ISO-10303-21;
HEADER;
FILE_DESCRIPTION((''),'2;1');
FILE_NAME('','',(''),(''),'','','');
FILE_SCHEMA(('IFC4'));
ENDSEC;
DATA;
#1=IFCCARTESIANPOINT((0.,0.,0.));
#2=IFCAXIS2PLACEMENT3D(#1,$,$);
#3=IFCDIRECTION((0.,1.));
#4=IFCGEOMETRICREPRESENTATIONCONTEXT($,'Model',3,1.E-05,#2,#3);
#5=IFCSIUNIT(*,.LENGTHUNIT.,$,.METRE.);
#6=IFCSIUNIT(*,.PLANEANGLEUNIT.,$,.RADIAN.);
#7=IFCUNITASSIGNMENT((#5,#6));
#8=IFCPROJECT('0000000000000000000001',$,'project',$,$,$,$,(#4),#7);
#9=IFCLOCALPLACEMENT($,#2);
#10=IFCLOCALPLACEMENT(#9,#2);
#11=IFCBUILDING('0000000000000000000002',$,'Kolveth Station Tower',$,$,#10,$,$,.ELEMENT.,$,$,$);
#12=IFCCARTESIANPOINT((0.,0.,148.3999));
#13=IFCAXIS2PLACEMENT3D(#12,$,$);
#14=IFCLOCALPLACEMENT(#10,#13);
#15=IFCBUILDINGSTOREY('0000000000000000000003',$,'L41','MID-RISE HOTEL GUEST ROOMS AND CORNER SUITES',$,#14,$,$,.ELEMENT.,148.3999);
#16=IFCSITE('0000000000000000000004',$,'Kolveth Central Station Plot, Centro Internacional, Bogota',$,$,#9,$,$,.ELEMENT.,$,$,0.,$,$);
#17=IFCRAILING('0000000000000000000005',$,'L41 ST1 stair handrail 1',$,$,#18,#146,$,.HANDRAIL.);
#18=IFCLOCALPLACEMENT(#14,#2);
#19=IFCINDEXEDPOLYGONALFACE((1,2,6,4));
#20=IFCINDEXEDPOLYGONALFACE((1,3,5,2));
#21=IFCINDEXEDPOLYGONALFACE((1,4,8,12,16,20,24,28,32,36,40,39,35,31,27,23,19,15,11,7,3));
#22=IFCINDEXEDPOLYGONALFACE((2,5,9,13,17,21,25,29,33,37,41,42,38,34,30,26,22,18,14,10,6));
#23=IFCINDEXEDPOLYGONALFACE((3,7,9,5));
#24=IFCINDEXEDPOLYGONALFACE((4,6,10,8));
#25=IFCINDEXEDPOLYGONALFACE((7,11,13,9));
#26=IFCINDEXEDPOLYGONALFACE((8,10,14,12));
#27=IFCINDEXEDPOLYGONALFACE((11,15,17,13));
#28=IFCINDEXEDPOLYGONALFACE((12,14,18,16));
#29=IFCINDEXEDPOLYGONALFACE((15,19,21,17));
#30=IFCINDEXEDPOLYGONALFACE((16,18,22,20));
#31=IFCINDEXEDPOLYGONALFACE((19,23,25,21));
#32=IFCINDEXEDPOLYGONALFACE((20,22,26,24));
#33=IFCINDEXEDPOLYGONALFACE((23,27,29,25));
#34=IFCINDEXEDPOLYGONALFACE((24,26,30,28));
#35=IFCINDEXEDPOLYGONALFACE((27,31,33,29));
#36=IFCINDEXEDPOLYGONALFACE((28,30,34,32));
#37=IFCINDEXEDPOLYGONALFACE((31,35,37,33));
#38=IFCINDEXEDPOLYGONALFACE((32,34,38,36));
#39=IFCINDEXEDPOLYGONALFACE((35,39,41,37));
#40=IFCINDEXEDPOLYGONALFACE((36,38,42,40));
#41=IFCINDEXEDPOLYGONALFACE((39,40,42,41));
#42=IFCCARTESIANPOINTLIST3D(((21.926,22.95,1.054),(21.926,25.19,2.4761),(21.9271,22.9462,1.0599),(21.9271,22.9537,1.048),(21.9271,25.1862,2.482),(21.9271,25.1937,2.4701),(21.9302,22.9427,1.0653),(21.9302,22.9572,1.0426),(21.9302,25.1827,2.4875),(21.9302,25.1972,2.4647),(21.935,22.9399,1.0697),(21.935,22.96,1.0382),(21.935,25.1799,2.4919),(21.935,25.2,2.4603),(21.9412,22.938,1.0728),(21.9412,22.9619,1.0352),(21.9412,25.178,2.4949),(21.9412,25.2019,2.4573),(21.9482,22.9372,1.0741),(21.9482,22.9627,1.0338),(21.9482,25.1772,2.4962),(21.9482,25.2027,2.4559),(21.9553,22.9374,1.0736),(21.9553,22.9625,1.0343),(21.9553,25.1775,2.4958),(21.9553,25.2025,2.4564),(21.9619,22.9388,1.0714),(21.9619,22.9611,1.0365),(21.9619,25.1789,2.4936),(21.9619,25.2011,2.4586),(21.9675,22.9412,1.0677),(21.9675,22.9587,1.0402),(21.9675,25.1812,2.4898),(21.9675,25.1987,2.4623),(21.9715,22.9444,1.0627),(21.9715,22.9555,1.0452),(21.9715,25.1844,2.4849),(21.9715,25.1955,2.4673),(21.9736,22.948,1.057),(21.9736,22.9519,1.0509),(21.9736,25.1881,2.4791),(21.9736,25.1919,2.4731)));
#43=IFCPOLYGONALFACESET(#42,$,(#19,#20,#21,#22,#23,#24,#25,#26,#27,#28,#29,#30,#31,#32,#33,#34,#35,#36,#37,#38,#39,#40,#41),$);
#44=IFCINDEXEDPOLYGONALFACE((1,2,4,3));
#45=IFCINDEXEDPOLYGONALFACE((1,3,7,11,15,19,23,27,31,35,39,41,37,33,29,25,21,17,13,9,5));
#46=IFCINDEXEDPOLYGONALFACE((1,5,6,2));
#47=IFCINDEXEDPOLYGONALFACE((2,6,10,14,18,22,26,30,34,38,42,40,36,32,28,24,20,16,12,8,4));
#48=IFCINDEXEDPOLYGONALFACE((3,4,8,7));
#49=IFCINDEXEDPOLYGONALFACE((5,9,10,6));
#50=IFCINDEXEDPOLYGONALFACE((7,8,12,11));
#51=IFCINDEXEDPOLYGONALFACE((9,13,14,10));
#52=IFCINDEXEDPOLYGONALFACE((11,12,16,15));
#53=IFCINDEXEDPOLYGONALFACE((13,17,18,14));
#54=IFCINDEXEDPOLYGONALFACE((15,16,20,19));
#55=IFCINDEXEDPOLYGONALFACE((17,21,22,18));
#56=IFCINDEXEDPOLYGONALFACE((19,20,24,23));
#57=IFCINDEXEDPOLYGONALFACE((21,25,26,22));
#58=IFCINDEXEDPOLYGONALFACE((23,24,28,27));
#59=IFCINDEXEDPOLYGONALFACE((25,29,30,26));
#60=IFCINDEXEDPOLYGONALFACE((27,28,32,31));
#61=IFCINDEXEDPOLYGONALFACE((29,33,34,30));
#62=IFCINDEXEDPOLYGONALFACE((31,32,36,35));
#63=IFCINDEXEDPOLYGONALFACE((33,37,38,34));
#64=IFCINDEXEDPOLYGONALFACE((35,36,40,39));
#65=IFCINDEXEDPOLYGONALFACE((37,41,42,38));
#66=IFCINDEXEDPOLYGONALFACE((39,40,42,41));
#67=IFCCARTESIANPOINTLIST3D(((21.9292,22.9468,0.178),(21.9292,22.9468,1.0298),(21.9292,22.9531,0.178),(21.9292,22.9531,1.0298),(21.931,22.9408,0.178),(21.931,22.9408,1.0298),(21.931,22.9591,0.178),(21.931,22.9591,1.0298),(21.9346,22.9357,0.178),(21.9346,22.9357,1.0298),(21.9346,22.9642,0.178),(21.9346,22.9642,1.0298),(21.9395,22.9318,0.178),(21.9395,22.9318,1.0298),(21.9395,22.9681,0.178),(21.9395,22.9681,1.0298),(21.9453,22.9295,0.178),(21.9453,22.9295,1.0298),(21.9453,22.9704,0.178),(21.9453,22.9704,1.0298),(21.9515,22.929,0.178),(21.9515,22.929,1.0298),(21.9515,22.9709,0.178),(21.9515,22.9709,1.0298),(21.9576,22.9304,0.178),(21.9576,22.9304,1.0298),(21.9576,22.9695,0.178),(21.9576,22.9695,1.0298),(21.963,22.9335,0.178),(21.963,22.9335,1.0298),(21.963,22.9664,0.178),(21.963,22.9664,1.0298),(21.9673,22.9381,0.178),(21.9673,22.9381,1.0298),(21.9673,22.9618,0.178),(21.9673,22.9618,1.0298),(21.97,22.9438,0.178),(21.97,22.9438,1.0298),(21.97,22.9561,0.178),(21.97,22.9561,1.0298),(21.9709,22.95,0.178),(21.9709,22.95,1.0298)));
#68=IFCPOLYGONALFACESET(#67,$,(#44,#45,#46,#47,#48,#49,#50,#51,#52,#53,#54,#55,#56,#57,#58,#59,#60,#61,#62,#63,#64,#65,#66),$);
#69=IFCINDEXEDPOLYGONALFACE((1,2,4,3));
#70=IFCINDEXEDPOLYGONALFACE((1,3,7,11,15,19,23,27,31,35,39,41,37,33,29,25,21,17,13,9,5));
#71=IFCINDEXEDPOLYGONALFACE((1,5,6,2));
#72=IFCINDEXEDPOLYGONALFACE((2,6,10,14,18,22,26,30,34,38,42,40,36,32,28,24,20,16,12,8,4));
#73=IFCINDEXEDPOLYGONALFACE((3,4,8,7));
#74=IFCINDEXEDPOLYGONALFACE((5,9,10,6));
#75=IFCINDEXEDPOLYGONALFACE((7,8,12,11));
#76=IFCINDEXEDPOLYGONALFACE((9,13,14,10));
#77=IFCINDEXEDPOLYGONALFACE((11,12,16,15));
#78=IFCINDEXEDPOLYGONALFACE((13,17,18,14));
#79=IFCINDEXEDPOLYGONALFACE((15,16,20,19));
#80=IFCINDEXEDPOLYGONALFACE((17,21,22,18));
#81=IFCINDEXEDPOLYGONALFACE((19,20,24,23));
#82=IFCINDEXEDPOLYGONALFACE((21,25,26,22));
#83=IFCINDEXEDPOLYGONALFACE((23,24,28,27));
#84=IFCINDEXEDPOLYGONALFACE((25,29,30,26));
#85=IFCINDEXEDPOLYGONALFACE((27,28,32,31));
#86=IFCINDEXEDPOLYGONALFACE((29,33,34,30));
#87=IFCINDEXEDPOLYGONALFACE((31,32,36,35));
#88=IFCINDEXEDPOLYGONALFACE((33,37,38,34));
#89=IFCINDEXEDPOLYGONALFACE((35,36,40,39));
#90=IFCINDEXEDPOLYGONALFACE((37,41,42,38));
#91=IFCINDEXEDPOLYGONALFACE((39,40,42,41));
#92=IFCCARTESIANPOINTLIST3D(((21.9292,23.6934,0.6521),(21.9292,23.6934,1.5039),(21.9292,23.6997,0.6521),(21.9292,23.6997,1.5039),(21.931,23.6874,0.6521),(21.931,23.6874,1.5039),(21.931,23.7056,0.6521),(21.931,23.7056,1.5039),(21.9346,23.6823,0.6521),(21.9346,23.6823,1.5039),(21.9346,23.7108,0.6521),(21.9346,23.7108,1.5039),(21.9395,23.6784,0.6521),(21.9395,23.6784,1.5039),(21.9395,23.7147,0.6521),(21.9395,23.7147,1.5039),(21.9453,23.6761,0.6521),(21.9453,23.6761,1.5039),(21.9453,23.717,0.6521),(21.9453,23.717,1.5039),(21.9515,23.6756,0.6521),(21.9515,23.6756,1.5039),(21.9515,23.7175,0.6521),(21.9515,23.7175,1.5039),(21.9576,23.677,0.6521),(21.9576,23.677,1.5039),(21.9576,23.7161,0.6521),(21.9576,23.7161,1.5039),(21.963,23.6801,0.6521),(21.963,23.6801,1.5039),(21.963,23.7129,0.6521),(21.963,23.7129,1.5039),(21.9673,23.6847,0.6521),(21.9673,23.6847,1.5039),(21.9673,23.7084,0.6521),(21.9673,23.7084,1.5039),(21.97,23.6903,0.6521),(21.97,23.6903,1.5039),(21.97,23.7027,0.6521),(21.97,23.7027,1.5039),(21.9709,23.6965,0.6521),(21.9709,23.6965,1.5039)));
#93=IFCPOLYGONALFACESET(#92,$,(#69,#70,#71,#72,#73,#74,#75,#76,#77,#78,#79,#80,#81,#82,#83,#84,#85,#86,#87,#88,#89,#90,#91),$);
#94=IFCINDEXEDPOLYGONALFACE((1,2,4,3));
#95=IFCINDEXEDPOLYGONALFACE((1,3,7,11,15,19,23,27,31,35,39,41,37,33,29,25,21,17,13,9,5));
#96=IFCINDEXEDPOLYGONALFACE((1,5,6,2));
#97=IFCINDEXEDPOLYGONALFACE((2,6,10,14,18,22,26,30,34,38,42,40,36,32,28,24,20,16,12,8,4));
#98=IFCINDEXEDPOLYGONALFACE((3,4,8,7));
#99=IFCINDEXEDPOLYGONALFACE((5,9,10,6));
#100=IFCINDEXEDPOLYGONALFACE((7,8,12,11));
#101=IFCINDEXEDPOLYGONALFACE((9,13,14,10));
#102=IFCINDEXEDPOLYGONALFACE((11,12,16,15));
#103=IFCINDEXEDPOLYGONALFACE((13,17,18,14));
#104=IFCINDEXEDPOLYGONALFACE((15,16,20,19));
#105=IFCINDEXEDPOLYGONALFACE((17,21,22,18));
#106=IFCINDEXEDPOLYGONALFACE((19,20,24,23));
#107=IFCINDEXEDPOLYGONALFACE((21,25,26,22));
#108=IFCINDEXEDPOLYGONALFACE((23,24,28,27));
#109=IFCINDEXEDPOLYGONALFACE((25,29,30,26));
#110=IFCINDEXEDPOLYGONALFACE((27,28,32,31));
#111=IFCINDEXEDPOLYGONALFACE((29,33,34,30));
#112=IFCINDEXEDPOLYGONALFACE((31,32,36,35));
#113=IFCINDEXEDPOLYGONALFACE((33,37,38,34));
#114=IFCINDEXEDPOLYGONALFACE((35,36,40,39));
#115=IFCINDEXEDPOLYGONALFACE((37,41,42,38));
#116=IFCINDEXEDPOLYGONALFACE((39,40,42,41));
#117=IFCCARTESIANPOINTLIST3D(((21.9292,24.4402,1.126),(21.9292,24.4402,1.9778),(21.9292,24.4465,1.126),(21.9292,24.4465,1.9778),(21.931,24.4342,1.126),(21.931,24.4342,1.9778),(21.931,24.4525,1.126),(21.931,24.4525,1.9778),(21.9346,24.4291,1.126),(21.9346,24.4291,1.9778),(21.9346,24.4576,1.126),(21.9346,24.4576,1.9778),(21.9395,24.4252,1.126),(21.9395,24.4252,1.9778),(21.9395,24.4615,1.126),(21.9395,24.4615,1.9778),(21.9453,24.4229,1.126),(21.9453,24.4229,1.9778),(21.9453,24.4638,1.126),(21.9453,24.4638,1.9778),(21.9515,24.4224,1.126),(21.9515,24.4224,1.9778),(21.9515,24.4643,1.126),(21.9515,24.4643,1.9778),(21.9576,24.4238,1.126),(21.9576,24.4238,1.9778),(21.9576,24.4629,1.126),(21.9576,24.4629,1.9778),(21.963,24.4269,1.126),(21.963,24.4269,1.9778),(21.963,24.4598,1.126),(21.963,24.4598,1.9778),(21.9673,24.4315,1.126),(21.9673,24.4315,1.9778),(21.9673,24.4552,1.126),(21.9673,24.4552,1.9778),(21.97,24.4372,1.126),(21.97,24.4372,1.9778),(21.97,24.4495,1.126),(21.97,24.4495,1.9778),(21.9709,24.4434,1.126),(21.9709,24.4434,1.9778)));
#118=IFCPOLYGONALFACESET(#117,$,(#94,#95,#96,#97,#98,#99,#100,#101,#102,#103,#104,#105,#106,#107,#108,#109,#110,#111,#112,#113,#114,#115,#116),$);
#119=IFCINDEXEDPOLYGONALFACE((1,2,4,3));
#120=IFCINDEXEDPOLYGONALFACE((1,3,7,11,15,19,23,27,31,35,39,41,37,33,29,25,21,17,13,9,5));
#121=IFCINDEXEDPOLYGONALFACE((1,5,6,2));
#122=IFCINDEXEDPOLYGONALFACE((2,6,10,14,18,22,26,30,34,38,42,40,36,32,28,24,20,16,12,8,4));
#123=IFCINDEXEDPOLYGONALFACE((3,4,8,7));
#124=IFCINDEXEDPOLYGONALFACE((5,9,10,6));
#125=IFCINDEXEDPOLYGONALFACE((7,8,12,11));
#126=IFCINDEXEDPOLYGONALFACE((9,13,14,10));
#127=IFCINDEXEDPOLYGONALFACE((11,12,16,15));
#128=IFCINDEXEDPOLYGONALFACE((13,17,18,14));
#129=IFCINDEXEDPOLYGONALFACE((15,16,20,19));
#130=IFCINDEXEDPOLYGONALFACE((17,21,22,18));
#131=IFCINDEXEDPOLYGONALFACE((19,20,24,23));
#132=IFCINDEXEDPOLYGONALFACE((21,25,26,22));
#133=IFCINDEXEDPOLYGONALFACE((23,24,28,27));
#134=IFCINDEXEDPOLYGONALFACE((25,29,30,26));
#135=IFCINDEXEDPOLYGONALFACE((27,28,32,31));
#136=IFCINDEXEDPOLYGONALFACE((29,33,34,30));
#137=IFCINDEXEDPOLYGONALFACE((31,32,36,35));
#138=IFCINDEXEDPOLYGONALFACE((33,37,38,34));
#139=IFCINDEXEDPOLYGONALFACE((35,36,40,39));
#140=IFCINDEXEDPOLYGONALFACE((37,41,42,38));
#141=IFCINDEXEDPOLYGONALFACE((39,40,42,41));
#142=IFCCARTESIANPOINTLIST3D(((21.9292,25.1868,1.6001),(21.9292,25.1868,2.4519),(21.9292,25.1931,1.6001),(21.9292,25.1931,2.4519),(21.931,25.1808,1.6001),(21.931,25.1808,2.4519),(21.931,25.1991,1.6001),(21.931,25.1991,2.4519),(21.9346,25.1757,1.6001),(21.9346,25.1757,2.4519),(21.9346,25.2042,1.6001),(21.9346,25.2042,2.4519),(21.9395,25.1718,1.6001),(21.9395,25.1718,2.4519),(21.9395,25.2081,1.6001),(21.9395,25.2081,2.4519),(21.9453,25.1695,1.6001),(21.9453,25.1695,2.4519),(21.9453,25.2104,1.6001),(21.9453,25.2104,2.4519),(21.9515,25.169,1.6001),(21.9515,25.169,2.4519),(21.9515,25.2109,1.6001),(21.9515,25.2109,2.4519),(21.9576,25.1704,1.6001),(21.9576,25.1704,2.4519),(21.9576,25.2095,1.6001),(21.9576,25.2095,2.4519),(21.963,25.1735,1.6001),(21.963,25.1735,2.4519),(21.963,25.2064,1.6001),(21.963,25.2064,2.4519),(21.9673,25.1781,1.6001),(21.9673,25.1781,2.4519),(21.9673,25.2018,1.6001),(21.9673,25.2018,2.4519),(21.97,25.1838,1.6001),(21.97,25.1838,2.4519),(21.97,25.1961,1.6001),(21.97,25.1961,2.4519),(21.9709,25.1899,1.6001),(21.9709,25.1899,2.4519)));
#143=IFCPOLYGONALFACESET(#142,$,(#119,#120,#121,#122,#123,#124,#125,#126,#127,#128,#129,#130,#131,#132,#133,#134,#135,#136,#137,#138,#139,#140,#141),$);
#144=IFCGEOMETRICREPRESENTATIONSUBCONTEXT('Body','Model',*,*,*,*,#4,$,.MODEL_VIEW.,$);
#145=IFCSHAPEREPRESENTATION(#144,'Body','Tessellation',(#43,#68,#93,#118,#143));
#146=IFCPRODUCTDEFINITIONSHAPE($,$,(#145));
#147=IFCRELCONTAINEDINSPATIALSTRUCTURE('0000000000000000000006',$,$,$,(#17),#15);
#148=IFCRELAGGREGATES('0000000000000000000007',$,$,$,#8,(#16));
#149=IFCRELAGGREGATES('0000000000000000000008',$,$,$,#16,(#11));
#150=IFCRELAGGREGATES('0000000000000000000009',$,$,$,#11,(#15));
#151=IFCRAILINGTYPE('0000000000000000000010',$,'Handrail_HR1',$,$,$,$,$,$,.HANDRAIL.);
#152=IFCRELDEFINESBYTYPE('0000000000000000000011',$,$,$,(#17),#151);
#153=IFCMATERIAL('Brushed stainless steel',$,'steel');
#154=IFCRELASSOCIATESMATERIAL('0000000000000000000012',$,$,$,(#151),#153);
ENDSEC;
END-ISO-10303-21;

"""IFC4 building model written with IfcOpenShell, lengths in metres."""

from ifc_helpers import new_model, si_unit, direction, frame, origin, origin_2d, place, context, subcontext, project, spatial, circle, extrude, material, type_object, element, save


model = new_model("IFC4")

# Units and contexts
model_context = context("Model", 3, precision=1e-05, world=origin(), true_north=direction((0.0, 1.0)))
body_context = subcontext(model_context, "Body", "Model", "MODEL_VIEW")
ifc_project = project(units=[si_unit("LENGTHUNIT", "METRE"), si_unit("PLANEANGLEUNIT", "RADIAN")], contexts=[model_context])

# Site, building, storey
site_placement = place(None, origin())
site = spatial("IfcSite", under=ifc_project, at=site_placement, Name="Kolveth Central Station Plot, Centro Internacional, Bogota", CompositionType="ELEMENT", RefElevation=0.0)
building_placement = place(site_placement, origin())
building = spatial("IfcBuilding", under=site, at=building_placement, Name="Kolveth Station Tower", CompositionType="ELEMENT")
storey_placement = place(building_placement, frame((0.0, 0.0, 148.3999)))
storey = spatial("IfcBuildingStorey", under=building, at=storey_placement, Name="L41", Description="MID-RISE HOTEL GUEST ROOMS AND CORNER SUITES", CompositionType="ELEMENT", Elevation=148.3999)

# Railing
ifc_material_1 = material(Name="Brushed stainless steel", Category="steel")
railing_type_1 = type_object("IfcRailingType", Name="Handrail_HR1", PredefinedType="HANDRAIL", material=ifc_material_1)
railing_1_placement = place(storey_placement, frame((21.95, 22.95, 0.178)))
element("IfcRailing", 1, at=railing_1_placement, inside=storey, type_object=railing_type_1, Name="L41 ST1 stair handrail 1", PredefinedType="HANDRAIL", context=body_context, shape_type="SweptSolid", body=[
    extrude(circle(Radius=0.0239, at=origin_2d()), frame((0.0, 0.0, 0.876), z_axis=(0.0, 0.844229, 0.535982), x_axis=(-1.0, 0.0, 0.0)), (0.0, 0.0, 1.0), 2.6533),
    extrude(circle(Radius=0.021, at=origin_2d()), origin(), (0.0, 0.0, 1.0), 0.8518),
    extrude(circle(Radius=0.021, at=origin_2d()), frame((0.0, 0.7466, 0.4741)), (0.0, 0.0, 1.0), 0.8518),
    extrude(circle(Radius=0.021, at=origin_2d()), frame((0.0, 1.4934, 0.948)), (0.0, 0.0, 1.0), 0.8518),
    extrude(circle(Radius=0.021, at=origin_2d()), frame((0.0, 2.24, 1.4221)), (0.0, 0.0, 1.0), 0.8518),
])

save(model, "model.ifc")
